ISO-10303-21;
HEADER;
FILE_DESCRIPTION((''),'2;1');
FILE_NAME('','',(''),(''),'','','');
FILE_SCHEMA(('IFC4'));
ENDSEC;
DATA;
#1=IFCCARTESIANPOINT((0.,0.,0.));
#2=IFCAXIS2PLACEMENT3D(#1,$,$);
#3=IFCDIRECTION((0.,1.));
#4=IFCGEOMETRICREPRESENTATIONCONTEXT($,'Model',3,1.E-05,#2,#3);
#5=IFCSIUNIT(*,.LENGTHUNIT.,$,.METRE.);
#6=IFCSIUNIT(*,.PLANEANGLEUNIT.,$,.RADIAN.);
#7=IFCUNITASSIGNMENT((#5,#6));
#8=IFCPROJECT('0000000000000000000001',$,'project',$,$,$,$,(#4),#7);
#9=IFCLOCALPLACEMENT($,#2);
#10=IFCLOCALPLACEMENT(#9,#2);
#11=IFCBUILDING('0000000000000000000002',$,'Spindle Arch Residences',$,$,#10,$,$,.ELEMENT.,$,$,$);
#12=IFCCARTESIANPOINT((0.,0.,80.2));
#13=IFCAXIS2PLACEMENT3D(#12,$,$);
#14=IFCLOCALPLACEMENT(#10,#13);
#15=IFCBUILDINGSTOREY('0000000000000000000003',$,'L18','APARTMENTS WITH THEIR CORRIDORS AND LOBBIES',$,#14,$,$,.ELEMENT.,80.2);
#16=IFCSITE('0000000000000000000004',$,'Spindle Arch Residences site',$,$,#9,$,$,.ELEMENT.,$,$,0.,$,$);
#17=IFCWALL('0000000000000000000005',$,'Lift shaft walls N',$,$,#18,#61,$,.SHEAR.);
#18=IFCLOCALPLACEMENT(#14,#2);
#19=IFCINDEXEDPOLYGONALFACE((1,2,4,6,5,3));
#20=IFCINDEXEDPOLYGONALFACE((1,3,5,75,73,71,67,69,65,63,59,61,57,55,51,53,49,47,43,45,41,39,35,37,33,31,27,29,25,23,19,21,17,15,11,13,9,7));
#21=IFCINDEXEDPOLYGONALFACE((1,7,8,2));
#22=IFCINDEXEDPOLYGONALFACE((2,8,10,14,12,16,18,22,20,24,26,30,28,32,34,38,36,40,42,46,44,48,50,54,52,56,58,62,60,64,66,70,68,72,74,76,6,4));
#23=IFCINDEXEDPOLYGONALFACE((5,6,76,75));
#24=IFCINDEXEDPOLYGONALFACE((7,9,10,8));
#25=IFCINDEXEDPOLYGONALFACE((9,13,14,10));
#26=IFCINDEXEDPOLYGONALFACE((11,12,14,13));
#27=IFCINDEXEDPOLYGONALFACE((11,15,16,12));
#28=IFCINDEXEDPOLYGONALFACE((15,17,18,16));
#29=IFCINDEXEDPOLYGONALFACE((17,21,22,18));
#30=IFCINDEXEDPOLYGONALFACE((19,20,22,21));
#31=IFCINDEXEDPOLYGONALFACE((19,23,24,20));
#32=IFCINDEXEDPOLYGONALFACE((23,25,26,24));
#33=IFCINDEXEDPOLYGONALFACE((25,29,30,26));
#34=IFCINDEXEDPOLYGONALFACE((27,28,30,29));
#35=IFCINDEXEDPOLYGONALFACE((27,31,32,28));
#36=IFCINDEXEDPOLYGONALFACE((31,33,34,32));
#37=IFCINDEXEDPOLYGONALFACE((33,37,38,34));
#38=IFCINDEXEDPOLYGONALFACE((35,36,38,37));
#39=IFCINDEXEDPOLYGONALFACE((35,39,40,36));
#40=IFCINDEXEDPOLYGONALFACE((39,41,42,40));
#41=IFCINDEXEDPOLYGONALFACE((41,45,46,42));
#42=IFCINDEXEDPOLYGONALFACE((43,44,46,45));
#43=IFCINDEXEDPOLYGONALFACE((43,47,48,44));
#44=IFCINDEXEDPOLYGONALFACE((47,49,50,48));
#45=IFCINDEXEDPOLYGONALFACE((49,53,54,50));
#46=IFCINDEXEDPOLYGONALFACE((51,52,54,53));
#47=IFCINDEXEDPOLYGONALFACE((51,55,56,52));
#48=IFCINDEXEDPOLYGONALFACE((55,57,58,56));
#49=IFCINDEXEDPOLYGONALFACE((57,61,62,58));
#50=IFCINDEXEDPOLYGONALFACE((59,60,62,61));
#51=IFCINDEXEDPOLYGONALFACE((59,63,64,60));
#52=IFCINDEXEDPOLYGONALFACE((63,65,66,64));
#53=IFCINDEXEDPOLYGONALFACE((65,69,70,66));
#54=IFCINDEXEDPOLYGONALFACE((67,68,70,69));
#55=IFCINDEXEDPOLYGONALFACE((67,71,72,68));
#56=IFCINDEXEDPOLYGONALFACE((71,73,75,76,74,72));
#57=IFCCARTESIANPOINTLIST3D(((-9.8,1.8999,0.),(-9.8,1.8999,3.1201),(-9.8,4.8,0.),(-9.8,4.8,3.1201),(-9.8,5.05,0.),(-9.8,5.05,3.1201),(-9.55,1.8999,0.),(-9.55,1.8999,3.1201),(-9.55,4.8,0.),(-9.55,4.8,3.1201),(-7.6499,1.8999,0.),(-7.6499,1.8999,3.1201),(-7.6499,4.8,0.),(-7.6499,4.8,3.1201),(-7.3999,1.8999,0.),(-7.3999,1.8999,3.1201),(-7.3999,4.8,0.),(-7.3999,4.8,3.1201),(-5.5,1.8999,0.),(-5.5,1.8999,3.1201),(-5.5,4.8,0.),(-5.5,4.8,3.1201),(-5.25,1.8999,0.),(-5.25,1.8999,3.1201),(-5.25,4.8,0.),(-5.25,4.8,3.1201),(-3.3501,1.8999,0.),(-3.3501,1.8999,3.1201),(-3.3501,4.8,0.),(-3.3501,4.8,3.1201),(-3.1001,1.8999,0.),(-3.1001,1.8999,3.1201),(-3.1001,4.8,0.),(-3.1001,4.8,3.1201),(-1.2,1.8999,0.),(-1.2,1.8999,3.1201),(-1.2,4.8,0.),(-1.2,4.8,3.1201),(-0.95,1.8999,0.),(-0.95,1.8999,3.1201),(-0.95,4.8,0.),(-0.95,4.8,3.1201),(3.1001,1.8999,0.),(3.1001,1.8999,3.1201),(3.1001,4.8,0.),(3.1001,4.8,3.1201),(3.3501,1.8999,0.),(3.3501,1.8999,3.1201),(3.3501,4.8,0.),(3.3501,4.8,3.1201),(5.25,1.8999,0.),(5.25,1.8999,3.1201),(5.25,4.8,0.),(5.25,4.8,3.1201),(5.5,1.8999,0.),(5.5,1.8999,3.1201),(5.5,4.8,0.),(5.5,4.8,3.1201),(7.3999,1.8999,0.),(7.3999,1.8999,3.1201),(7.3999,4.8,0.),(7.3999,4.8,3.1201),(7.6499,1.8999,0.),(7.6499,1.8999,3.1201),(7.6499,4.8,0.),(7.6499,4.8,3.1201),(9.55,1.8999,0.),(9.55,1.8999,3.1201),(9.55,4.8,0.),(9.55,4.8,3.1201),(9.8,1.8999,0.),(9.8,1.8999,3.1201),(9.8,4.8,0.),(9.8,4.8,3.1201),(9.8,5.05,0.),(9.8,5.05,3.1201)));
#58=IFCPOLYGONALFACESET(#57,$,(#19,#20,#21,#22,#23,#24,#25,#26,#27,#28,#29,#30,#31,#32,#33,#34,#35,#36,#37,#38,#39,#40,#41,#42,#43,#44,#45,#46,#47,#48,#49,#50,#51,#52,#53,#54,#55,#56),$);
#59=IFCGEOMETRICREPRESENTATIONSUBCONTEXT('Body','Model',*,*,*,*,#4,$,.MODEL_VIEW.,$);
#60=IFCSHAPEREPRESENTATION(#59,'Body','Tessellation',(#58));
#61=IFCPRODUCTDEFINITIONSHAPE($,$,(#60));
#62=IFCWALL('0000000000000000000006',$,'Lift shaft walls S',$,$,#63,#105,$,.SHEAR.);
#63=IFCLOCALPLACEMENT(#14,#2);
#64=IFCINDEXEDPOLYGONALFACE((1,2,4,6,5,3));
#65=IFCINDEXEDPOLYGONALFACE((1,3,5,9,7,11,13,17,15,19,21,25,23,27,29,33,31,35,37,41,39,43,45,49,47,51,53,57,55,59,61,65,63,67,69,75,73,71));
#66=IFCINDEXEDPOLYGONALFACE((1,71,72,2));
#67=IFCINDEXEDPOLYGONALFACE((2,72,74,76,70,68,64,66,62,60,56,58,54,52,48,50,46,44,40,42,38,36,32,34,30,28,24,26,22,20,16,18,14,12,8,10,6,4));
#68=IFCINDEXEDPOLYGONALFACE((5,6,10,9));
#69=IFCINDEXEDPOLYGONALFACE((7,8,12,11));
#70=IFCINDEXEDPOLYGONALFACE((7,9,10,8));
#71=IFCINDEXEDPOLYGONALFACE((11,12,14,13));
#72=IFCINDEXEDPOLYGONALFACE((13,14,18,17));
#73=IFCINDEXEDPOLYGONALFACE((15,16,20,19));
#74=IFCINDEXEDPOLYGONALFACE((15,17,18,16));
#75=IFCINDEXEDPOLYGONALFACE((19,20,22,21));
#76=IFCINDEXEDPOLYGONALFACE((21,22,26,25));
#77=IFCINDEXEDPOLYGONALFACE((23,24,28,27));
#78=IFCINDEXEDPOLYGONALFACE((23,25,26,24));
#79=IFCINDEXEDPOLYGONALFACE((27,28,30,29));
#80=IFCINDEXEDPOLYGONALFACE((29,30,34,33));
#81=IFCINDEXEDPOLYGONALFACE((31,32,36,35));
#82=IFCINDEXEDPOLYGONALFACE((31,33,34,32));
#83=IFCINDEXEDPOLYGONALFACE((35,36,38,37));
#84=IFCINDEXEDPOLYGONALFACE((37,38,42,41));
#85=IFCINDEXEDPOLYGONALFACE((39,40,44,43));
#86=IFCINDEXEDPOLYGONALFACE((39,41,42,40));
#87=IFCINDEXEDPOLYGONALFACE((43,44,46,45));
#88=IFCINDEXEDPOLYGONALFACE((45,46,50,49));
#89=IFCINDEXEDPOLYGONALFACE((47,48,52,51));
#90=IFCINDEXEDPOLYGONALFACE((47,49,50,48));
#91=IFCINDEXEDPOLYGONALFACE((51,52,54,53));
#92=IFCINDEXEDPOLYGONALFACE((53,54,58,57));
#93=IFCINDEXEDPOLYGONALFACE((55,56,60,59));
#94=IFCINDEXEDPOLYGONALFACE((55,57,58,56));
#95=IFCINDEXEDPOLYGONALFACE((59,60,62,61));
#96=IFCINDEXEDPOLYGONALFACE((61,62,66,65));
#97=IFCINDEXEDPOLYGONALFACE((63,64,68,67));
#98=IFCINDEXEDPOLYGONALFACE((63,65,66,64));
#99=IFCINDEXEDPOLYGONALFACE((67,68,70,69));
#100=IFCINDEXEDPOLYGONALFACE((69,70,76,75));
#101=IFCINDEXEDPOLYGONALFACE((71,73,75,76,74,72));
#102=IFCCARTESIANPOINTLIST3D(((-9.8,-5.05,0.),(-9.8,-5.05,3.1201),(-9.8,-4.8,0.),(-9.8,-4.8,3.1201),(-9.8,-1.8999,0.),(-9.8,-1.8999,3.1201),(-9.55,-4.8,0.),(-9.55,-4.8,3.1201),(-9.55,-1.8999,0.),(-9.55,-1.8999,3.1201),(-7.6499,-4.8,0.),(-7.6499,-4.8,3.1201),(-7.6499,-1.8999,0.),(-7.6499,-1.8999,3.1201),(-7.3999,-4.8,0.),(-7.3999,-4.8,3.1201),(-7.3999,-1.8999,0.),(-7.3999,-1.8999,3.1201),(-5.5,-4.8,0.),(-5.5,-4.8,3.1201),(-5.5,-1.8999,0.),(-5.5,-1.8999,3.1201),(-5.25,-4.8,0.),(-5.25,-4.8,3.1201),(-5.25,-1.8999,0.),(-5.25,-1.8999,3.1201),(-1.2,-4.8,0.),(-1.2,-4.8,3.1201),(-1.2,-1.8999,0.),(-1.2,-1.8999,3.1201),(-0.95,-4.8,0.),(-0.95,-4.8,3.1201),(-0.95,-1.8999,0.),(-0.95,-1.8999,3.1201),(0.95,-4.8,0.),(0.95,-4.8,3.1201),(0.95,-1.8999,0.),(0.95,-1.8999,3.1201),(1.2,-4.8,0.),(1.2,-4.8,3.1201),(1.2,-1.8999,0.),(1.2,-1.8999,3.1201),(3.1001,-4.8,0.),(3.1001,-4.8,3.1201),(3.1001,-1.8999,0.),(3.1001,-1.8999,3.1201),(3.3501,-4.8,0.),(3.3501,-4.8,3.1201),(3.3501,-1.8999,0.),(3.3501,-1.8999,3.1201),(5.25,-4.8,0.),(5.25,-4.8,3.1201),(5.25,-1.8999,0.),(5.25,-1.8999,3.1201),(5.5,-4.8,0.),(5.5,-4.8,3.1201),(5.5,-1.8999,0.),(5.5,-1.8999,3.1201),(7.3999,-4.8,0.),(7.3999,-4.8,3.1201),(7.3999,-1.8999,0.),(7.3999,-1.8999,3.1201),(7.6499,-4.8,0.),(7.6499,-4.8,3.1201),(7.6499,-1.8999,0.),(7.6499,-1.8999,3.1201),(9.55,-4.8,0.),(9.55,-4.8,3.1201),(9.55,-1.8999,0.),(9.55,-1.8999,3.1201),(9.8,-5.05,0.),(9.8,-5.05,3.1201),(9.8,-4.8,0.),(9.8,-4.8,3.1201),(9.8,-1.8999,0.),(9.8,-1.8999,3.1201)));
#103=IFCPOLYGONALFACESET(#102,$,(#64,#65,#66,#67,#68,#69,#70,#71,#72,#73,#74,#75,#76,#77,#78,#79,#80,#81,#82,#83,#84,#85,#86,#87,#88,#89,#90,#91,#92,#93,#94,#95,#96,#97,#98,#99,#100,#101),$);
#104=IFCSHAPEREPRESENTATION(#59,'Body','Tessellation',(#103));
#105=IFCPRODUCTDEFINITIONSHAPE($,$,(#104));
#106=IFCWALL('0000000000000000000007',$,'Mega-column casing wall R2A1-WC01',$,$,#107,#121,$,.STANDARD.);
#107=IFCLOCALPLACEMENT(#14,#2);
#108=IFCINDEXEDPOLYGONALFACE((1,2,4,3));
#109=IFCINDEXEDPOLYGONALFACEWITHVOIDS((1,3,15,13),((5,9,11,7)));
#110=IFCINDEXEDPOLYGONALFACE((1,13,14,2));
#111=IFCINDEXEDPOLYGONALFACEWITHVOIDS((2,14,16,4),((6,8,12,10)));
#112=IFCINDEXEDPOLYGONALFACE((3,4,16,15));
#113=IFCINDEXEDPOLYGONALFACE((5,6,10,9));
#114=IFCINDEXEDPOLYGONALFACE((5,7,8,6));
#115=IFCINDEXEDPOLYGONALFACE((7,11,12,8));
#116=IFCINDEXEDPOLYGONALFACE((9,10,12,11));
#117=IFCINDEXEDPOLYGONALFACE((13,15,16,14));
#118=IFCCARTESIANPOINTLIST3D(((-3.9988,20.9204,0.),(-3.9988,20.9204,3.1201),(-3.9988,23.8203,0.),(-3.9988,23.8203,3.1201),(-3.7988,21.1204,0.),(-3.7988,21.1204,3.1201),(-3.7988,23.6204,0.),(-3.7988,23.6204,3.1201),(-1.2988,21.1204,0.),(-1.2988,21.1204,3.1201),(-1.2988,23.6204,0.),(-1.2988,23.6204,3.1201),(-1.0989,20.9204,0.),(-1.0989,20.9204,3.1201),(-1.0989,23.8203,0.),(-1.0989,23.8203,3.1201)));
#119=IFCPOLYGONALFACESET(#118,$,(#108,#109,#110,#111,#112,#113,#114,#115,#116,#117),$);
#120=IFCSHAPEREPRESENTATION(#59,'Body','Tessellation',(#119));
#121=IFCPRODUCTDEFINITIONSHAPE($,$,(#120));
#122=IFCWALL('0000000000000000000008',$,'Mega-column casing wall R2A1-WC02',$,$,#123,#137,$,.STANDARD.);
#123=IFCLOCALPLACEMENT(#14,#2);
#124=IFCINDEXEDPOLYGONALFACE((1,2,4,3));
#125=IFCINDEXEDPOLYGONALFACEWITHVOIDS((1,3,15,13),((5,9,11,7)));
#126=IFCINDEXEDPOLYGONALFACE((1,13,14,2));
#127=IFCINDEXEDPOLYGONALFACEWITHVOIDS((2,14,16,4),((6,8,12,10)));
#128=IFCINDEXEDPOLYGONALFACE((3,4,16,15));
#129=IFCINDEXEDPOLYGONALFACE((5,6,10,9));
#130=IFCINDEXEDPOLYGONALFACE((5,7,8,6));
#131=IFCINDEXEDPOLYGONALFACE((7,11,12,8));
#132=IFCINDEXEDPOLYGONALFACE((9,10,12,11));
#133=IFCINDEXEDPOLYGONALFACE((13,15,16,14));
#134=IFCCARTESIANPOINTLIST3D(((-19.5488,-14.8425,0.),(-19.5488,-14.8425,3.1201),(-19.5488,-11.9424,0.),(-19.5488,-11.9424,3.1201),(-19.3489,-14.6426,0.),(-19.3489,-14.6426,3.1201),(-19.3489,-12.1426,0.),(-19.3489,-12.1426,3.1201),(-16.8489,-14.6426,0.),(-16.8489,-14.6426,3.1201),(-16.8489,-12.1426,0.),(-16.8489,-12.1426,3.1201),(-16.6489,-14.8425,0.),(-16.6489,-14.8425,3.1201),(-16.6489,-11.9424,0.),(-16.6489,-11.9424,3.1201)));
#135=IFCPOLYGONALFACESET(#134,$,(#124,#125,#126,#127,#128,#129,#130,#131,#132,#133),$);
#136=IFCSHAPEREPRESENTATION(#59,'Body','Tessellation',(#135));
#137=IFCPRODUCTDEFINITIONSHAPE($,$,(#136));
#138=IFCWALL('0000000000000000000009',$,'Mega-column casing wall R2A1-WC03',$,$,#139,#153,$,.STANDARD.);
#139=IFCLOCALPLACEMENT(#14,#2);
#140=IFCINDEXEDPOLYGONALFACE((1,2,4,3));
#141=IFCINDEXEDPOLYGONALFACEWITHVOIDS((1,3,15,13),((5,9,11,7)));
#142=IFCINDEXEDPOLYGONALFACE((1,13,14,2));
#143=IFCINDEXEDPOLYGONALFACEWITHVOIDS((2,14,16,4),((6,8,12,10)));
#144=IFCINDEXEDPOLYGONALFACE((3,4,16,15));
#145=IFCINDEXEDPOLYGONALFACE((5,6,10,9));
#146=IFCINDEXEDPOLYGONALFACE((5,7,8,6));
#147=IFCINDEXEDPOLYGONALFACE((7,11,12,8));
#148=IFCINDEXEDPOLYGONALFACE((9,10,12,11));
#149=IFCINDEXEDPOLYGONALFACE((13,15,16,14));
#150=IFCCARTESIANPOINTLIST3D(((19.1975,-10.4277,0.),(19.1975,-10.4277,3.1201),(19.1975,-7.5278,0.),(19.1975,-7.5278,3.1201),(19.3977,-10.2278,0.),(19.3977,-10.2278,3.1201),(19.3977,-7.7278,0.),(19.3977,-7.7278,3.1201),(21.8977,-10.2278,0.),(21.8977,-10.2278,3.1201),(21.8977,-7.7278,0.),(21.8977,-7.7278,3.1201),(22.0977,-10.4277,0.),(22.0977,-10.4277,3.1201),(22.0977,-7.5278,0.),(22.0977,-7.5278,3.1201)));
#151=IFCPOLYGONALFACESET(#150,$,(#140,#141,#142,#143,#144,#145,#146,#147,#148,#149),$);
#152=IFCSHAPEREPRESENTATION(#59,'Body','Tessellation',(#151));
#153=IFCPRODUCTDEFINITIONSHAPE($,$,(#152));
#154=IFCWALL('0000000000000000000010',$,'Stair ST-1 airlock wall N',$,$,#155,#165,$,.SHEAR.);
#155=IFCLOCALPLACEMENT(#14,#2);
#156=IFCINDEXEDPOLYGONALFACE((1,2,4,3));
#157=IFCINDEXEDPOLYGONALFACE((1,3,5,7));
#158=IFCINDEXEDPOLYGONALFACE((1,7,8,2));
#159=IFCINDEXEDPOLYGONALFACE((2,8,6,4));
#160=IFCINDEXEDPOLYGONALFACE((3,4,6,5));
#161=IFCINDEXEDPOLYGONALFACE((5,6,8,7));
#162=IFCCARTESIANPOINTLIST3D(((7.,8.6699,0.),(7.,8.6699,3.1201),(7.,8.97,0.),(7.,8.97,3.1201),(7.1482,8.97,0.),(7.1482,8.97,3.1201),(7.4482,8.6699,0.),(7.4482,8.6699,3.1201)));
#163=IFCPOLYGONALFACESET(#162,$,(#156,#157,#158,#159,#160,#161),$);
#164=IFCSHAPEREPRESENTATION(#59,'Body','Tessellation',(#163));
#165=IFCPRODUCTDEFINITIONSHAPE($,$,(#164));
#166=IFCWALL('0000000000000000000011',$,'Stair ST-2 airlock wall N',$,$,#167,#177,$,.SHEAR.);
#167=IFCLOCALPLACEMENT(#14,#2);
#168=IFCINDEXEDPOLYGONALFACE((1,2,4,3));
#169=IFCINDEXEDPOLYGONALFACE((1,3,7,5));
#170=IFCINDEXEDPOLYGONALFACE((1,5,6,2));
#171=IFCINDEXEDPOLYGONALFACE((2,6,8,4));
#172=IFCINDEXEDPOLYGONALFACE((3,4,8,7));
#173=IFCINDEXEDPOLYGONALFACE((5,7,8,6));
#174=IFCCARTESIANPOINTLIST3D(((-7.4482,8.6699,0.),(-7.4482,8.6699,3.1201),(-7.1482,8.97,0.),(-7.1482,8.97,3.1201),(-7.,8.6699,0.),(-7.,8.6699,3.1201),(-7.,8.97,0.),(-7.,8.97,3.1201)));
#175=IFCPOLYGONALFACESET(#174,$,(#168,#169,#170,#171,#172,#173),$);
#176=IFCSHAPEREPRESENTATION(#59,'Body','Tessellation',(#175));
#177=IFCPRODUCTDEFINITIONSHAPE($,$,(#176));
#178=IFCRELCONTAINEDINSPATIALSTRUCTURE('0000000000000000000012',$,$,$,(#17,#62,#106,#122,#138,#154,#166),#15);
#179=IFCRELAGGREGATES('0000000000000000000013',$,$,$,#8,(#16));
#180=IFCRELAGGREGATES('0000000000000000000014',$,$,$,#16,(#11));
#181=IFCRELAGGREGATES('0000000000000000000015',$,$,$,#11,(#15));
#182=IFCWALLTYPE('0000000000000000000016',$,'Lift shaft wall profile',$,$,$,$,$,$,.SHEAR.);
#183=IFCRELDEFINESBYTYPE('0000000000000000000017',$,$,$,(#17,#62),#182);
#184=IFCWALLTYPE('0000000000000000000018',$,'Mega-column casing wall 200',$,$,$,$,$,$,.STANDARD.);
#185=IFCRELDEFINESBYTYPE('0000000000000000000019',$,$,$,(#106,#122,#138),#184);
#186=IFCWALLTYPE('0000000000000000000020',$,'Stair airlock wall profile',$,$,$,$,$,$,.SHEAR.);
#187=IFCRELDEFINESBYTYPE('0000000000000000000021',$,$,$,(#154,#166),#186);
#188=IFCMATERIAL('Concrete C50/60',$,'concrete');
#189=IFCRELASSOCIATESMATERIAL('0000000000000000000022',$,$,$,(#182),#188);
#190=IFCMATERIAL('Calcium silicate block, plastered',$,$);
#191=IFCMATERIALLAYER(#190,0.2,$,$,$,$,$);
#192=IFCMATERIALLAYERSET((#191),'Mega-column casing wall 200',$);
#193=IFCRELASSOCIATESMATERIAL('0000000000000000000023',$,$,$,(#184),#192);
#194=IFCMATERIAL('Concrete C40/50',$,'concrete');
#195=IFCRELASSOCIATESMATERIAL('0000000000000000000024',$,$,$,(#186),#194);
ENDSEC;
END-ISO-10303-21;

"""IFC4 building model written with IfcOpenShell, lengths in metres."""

from ifc_helpers import new_model, si_unit, direction, frame, origin, place, context, subcontext, project, spatial, polyline, outline, extrude, material, layer, layer_set, type_object, element, save


model = new_model("IFC4")

# Units and contexts
model_context = context("Model", 3, precision=1e-05, world=origin(), true_north=direction((0.0, 1.0)))
body_context = subcontext(model_context, "Body", "Model", "MODEL_VIEW")
ifc_project = project(units=[si_unit("LENGTHUNIT", "METRE"), si_unit("PLANEANGLEUNIT", "RADIAN")], contexts=[model_context])

# Site, building, storey
site_placement = place(None, origin())
site = spatial("IfcSite", under=ifc_project, at=site_placement, Name="Spindle Arch Residences site", CompositionType="ELEMENT", RefElevation=0.0)
building_placement = place(site_placement, origin())
building = spatial("IfcBuilding", under=site, at=building_placement, Name="Spindle Arch Residences", CompositionType="ELEMENT")
storey_placement = place(building_placement, frame((0.0, 0.0, 80.2)))
storey = spatial("IfcBuildingStorey", under=building, at=storey_placement, Name="L18", Description="APARTMENTS WITH THEIR CORRIDORS AND LOBBIES", CompositionType="ELEMENT", Elevation=80.2)

# Walls
ifc_material_1 = material(Name="Concrete C50/60", Category="concrete")
wall_type_1 = type_object("IfcWallType", Name="Lift shaft wall profile", PredefinedType="SHEAR", material=ifc_material_1)
wall_1_placement = place(storey_placement, origin())
element("IfcWall", 1, at=wall_1_placement, inside=storey, type_object=wall_type_1, Name="Lift shaft walls N", PredefinedType="SHEAR", context=body_context, shape_type="SweptSolid", body=[
    extrude(outline(polyline([(-9.55, 4.8), (-7.6499, 4.8), (-7.6499, 1.8999), (-7.3999, 1.8999), (-7.3999, 4.8), (-5.5, 4.8), (-5.5, 1.8999), (-5.25, 1.8999), (-5.25, 4.8), (-3.3501, 4.8), (-3.3501, 1.8999), (-3.1001, 1.8999), (-3.1001, 4.8), (-1.2, 4.8), (-1.2, 1.8999), (-0.95, 1.8999), (-0.95, 4.8), (3.1001, 4.8), (3.1001, 1.8999), (3.3501, 1.8999), (3.3501, 4.8), (5.25, 4.8), (5.25, 1.8999), (5.5, 1.8999), (5.5, 4.8), (7.3999, 4.8), (7.3999, 1.8999), (7.6499, 1.8999), (7.6499, 4.8), (9.55, 4.8), (9.55, 1.8999), (9.8, 1.8999), (9.8, 4.8), (9.8, 5.05), (-9.8, 5.05), (-9.8, 4.8), (-9.8, 1.8999), (-9.55, 1.8999), (-9.55, 4.8)])), origin(), (0.0, 0.0, 1.0), 3.1201),
])
wall_2_placement = place(storey_placement, origin())
element("IfcWall", 2, at=wall_2_placement, inside=storey, type_object=wall_type_1, Name="Lift shaft walls S", PredefinedType="SHEAR", context=body_context, shape_type="SweptSolid", body=[
    extrude(outline(polyline([(9.8, -5.05), (9.8, -4.8), (9.8, -1.8999), (9.55, -1.8999), (9.55, -4.8), (7.6499, -4.8), (7.6499, -1.8999), (7.3999, -1.8999), (7.3999, -4.8), (5.5, -4.8), (5.5, -1.8999), (5.25, -1.8999), (5.25, -4.8), (3.3501, -4.8), (3.3501, -1.8999), (3.1001, -1.8999), (3.1001, -4.8), (1.2, -4.8), (1.2, -1.8999), (0.95, -1.8999), (0.95, -4.8), (-0.95, -4.8), (-0.95, -1.8999), (-1.2, -1.8999), (-1.2, -4.8), (-5.25, -4.8), (-5.25, -1.8999), (-5.5, -1.8999), (-5.5, -4.8), (-7.3999, -4.8), (-7.3999, -1.8999), (-7.6499, -1.8999), (-7.6499, -4.8), (-9.55, -4.8), (-9.55, -1.8999), (-9.8, -1.8999), (-9.8, -4.8), (-9.8, -5.05), (9.8, -5.05)])), origin(), (0.0, 0.0, 1.0), 3.1201),
])
ifc_material_2 = material(Name="Calcium silicate block, plastered")
ifc_layer_1 = layer(ifc_material_2, 0.2)
ifc_layer_set_1 = layer_set([ifc_layer_1], Name="Mega-column casing wall 200")
wall_type_2 = type_object("IfcWallType", Name="Mega-column casing wall 200", PredefinedType="STANDARD", material=ifc_layer_set_1)
wall_3_placement = place(storey_placement, origin())
element("IfcWall", 3, at=wall_3_placement, inside=storey, type_object=wall_type_2, Name="Mega-column casing wall R2A1-WC01", PredefinedType="STANDARD", context=body_context, shape_type="SweptSolid", body=[
    extrude(outline(polyline([(-1.0989, 23.8203), (-1.0989, 20.9204), (-3.9988, 20.9204), (-3.9988, 23.8203), (-1.0989, 23.8203)]), holes=[polyline([(-3.7988, 21.1204), (-1.2988, 21.1204), (-1.2988, 23.6204), (-3.7988, 23.6204), (-3.7988, 21.1204)])]), origin(), (0.0, 0.0, 1.0), 3.1201),
])
wall_4_placement = place(storey_placement, origin())
element("IfcWall", 4, at=wall_4_placement, inside=storey, type_object=wall_type_2, Name="Mega-column casing wall R2A1-WC02", PredefinedType="STANDARD", context=body_context, shape_type="SweptSolid", body=[
    extrude(outline(polyline([(-16.6489, -11.9424), (-16.6489, -14.8425), (-19.5488, -14.8425), (-19.5488, -11.9424), (-16.6489, -11.9424)]), holes=[polyline([(-19.3489, -14.6426), (-16.8489, -14.6426), (-16.8489, -12.1426), (-19.3489, -12.1426), (-19.3489, -14.6426)])]), origin(), (0.0, 0.0, 1.0), 3.1201),
])
wall_5_placement = place(storey_placement, origin())
element("IfcWall", 5, at=wall_5_placement, inside=storey, type_object=wall_type_2, Name="Mega-column casing wall R2A1-WC03", PredefinedType="STANDARD", context=body_context, shape_type="SweptSolid", body=[
    extrude(outline(polyline([(22.0977, -7.5278), (22.0977, -10.4277), (19.1975, -10.4277), (19.1975, -7.5278), (22.0977, -7.5278)]), holes=[polyline([(19.3977, -10.2278), (21.8977, -10.2278), (21.8977, -7.7278), (19.3977, -7.7278), (19.3977, -10.2278)])]), origin(), (0.0, 0.0, 1.0), 3.1201),
])
ifc_material_3 = material(Name="Concrete C40/50", Category="concrete")
wall_type_3 = type_object("IfcWallType", Name="Stair airlock wall profile", PredefinedType="SHEAR", material=ifc_material_3)
wall_6_placement = place(storey_placement, origin())
element("IfcWall", 6, at=wall_6_placement, inside=storey, type_object=wall_type_3, Name="Stair ST-1 airlock wall N", PredefinedType="SHEAR", context=body_context, shape_type="SweptSolid", body=[
    extrude(outline(polyline([(7.4482, 8.6699), (7.0, 8.6699), (7.0, 8.97), (7.1482, 8.97), (7.4482, 8.6699)])), origin(), (0.0, 0.0, 1.0), 3.1201),
])
wall_7_placement = place(storey_placement, origin())
element("IfcWall", 7, at=wall_7_placement, inside=storey, type_object=wall_type_3, Name="Stair ST-2 airlock wall N", PredefinedType="SHEAR", context=body_context, shape_type="SweptSolid", body=[
    extrude(outline(polyline([(-7.1482, 8.97), (-7.0, 8.97), (-7.0, 8.6699), (-7.4482, 8.6699), (-7.1482, 8.97)])), origin(), (0.0, 0.0, 1.0), 3.1201),
])

save(model, "model.ifc")
